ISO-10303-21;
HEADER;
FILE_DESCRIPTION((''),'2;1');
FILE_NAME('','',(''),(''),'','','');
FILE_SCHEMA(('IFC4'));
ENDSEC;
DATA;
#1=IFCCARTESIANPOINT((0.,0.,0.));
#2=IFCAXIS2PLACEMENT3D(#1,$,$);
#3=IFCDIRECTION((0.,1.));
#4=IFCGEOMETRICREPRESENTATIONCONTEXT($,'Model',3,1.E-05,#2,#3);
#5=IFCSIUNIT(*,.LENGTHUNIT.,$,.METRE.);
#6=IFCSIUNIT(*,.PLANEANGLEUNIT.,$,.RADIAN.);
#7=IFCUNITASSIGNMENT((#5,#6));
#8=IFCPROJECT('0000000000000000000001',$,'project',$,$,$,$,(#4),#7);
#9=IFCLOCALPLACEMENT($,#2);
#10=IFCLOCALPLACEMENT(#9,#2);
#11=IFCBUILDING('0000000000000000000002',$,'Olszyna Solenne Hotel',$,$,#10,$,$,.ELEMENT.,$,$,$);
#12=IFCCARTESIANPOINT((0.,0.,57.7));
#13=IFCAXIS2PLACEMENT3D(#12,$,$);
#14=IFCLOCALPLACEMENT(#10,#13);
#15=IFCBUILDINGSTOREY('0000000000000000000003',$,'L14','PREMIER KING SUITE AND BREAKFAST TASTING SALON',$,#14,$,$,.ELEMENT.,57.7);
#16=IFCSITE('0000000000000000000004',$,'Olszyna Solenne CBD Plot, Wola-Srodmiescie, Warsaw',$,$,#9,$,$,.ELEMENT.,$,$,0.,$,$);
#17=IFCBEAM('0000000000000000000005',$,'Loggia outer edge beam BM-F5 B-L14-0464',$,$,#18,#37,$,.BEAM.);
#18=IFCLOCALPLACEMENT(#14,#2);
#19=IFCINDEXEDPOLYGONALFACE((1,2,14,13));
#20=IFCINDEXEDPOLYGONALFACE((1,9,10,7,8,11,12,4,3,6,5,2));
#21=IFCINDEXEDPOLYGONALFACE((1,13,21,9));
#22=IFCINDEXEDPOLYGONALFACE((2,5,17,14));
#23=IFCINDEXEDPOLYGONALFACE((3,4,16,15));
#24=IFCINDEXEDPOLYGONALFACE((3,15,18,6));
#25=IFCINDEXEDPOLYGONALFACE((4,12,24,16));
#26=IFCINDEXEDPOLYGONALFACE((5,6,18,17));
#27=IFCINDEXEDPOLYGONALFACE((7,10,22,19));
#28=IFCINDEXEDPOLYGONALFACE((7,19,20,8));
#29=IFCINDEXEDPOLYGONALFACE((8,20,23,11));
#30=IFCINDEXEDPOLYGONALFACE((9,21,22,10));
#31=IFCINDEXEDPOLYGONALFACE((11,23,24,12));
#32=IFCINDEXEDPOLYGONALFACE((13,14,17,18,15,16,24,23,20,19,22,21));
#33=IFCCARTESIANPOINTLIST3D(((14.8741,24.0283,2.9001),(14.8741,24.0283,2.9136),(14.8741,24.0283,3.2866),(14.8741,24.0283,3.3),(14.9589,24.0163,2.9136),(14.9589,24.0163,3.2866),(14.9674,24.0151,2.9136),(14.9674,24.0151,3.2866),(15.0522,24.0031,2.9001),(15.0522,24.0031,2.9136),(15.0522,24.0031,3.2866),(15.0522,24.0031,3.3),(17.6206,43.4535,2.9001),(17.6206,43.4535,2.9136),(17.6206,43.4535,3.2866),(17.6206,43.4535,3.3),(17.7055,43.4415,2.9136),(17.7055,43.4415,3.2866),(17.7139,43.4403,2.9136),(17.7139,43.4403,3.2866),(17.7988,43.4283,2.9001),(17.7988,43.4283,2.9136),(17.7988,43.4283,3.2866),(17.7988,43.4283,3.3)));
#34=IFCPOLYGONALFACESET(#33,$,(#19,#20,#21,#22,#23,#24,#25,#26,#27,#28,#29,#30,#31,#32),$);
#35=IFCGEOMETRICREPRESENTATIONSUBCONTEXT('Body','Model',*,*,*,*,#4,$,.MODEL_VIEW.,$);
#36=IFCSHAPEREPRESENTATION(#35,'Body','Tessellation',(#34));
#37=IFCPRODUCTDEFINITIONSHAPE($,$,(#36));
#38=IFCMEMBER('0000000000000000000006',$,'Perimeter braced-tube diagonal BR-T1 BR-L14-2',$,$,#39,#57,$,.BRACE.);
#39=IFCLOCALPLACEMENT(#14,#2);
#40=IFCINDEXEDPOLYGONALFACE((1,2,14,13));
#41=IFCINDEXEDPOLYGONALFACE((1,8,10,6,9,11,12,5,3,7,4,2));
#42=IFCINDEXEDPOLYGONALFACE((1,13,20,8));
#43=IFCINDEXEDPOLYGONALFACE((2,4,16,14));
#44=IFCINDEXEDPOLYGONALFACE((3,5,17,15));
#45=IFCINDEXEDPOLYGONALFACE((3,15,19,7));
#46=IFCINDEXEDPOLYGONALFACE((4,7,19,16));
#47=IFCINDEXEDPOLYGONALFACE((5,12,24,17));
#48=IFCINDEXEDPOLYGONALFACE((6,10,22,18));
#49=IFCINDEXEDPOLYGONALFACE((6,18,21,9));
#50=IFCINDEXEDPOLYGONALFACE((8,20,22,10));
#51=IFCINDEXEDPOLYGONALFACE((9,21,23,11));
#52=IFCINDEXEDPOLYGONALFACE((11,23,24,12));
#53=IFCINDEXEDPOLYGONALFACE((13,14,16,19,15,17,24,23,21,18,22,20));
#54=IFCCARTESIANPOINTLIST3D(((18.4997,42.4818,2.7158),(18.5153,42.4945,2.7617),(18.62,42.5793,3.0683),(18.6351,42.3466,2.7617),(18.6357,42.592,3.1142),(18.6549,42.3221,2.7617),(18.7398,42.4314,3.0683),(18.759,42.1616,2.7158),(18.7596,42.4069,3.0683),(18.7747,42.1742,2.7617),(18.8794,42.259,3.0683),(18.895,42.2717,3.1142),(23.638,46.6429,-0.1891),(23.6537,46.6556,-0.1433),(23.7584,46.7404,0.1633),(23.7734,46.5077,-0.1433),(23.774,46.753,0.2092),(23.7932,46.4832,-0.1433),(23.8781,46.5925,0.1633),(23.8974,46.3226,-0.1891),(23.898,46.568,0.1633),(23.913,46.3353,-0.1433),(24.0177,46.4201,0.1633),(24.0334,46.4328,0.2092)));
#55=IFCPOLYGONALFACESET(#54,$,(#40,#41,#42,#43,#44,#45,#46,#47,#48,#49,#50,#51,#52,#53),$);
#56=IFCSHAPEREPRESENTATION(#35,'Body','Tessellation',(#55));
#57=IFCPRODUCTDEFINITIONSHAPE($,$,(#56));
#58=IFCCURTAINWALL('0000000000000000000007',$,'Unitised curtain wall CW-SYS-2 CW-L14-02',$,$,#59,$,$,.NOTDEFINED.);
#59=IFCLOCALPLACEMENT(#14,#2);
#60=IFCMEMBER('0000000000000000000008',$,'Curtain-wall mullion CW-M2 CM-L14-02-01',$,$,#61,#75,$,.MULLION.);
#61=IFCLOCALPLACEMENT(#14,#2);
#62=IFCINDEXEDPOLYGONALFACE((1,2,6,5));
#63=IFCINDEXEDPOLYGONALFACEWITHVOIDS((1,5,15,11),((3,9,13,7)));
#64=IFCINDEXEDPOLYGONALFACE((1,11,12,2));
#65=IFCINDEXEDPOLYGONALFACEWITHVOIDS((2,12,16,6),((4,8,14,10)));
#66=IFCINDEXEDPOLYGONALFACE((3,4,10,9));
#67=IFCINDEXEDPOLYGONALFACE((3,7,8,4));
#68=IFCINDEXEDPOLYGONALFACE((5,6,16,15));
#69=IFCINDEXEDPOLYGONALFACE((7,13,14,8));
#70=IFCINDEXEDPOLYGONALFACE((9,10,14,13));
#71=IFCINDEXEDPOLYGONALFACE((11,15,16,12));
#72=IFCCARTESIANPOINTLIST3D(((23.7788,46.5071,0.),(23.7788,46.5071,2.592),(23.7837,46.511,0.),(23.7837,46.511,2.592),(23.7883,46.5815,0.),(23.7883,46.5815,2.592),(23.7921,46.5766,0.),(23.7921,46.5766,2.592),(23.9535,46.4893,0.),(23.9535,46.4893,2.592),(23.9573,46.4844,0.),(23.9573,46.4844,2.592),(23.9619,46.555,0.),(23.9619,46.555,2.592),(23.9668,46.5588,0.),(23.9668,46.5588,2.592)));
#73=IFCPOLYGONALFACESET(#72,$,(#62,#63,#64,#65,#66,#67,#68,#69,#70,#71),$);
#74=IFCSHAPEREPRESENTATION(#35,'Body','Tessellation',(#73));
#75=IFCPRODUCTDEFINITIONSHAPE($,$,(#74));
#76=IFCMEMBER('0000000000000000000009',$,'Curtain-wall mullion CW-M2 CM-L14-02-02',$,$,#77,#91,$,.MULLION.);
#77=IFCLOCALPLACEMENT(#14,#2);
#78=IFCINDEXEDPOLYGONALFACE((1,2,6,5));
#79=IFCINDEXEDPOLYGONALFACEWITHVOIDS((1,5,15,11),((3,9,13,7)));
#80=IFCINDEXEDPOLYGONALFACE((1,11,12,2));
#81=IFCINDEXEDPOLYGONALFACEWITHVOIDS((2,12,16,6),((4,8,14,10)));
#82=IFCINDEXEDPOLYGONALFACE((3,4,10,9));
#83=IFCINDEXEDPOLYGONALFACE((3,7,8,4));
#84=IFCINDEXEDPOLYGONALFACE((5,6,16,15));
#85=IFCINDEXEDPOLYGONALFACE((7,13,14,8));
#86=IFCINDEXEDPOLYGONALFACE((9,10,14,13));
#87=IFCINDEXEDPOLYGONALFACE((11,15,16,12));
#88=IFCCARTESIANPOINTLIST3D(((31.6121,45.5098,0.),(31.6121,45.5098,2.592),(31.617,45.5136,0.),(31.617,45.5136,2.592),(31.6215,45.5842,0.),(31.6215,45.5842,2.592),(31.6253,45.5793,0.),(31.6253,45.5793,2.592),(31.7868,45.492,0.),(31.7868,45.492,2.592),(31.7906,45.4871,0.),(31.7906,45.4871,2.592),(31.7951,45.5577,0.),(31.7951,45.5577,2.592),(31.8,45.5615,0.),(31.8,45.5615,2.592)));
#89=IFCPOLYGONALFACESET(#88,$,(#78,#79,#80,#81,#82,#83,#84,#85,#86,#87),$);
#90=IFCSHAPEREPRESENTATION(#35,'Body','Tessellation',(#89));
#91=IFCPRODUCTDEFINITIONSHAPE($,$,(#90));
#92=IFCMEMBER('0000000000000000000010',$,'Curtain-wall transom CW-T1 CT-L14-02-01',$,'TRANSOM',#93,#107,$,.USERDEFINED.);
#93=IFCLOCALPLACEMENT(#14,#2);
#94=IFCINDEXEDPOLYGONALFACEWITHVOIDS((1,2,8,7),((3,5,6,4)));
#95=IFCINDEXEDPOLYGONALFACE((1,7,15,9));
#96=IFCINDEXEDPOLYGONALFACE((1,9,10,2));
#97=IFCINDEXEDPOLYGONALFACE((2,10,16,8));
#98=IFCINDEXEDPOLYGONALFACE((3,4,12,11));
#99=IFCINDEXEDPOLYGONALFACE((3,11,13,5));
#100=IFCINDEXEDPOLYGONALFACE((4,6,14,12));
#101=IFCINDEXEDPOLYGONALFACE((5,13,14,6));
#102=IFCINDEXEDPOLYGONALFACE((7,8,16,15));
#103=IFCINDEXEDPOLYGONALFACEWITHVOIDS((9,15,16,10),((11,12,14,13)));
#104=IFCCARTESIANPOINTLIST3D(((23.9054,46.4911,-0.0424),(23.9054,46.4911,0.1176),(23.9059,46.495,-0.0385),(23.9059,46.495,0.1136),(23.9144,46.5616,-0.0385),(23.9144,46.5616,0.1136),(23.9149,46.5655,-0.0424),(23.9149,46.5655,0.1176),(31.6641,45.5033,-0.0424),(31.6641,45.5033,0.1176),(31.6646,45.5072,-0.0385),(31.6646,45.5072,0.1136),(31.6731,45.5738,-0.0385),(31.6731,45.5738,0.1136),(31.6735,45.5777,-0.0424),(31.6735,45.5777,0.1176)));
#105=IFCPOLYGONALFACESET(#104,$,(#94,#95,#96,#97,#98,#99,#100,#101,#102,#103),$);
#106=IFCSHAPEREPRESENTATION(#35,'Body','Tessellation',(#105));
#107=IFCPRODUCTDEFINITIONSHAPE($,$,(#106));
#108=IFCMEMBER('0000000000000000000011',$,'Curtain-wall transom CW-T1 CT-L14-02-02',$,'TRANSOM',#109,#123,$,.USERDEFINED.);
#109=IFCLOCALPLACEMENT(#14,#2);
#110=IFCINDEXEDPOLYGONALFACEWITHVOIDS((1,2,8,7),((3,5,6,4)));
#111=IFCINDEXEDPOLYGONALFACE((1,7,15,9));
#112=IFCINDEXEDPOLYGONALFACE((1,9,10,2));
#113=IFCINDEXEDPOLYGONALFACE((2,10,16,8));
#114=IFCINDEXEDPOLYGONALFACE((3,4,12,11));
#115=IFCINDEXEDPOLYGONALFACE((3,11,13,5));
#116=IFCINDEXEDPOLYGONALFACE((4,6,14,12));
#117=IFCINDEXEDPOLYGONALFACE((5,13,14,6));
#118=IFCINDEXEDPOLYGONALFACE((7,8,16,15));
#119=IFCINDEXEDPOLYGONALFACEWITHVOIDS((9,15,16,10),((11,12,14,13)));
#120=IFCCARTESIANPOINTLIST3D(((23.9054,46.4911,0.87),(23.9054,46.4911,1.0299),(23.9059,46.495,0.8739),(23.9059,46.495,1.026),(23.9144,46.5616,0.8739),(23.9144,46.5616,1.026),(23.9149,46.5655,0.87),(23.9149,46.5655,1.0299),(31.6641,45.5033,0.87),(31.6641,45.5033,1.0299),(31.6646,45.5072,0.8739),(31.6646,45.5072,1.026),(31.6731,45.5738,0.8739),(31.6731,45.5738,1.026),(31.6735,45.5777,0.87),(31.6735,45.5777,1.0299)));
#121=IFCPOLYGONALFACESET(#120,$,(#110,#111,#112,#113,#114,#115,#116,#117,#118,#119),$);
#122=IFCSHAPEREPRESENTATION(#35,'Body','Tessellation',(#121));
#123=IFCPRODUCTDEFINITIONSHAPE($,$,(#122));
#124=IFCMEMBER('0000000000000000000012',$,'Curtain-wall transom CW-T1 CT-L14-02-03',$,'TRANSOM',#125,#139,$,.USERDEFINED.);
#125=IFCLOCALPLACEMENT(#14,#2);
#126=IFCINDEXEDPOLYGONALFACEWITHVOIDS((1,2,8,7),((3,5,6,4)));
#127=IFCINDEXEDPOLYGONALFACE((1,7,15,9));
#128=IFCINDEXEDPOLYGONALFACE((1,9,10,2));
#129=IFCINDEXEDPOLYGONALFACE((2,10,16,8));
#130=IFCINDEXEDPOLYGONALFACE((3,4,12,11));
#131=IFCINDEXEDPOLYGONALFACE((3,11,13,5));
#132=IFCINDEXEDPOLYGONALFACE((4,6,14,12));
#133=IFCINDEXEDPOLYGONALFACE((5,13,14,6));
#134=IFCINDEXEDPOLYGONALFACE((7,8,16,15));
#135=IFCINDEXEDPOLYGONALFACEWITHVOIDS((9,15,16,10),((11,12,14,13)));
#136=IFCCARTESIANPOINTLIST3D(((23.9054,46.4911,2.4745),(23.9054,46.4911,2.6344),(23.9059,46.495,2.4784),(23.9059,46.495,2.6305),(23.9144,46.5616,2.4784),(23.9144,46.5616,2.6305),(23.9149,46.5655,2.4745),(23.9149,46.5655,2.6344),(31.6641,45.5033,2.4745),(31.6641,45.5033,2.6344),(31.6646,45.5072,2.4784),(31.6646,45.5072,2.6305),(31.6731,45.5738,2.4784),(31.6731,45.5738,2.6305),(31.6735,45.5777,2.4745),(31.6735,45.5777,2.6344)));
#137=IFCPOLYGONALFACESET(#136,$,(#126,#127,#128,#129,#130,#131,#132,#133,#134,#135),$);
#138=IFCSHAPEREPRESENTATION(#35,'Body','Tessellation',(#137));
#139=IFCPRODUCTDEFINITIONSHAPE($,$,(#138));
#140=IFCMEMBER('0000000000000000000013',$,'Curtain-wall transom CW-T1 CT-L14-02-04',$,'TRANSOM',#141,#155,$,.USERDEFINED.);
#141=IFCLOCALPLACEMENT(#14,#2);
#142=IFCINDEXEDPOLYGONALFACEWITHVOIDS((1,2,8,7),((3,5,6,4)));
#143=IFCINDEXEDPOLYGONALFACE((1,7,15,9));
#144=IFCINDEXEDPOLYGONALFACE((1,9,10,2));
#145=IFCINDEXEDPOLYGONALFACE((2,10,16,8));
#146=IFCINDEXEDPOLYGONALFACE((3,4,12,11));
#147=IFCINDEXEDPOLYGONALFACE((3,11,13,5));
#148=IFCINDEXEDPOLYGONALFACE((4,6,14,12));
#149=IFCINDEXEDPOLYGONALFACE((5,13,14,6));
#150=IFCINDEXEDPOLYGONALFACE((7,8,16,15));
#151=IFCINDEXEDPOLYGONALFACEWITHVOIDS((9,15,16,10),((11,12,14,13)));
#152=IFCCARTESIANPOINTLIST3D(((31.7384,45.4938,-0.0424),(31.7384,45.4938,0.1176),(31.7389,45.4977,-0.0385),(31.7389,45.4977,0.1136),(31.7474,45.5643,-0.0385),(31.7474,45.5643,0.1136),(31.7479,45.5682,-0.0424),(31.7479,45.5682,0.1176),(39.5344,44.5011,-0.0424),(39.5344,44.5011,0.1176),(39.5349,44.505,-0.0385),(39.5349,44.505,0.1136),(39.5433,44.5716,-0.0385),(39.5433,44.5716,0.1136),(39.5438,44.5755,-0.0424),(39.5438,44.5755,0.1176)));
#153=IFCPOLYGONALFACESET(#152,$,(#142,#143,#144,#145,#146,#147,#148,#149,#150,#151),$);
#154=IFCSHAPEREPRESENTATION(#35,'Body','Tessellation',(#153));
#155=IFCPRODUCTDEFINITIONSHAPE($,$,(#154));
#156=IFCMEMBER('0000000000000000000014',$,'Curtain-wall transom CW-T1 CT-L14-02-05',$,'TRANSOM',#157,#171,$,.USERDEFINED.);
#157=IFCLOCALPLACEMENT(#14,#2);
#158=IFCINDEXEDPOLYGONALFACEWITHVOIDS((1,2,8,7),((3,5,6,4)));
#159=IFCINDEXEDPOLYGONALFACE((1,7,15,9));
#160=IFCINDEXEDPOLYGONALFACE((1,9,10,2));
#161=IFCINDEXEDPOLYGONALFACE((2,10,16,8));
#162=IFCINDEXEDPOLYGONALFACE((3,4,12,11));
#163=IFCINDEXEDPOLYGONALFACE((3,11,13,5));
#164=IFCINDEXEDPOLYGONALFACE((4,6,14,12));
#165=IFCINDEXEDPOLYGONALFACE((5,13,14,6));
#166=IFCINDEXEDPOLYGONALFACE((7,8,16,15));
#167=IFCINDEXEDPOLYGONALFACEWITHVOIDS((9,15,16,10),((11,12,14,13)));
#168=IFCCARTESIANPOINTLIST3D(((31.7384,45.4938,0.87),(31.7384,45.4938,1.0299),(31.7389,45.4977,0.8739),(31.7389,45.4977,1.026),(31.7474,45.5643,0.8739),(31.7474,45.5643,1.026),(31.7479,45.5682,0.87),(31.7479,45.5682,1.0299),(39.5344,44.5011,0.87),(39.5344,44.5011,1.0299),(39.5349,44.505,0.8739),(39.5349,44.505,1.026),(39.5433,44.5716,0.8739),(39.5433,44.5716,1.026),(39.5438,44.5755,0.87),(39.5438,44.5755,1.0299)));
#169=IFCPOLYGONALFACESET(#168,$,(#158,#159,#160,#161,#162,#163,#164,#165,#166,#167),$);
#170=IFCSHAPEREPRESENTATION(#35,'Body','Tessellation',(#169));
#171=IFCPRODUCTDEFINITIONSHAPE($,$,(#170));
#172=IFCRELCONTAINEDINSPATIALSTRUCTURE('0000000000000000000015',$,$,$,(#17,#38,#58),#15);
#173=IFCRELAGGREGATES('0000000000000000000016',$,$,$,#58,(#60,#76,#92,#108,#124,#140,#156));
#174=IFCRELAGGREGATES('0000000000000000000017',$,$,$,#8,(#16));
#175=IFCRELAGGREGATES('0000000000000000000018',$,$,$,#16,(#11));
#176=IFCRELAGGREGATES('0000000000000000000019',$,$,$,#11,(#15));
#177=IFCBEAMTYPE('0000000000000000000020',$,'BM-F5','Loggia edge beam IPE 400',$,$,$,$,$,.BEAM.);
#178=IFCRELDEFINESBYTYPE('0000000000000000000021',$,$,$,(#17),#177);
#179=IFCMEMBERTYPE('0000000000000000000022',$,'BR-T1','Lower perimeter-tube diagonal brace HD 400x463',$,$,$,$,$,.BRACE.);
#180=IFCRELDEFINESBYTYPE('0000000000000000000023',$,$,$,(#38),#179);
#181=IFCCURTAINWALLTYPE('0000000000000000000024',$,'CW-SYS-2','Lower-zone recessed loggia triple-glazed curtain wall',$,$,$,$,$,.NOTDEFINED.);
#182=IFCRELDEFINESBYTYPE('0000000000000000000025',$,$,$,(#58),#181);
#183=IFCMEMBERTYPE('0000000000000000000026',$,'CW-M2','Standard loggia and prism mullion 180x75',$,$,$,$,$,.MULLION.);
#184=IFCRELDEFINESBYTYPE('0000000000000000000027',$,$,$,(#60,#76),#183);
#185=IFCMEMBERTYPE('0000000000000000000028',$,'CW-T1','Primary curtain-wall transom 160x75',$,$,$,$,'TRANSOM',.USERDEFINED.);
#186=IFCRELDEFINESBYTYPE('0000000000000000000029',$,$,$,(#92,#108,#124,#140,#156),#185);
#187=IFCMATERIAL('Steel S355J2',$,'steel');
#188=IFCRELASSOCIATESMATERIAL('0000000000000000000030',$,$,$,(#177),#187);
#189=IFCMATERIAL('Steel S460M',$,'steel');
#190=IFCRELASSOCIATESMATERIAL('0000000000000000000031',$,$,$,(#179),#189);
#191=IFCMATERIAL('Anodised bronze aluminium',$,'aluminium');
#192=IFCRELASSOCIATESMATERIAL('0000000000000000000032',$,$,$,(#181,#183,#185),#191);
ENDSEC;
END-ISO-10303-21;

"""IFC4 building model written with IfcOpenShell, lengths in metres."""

from ifc_helpers import new_model, si_unit, direction, frame, origin, origin_2d, place, context, subcontext, project, spatial, hollow_rectangle, i_section, extrude, source, transform, mapped, material, material_profile, profile_set, type_object, element, aggregate, save


model = new_model("IFC4")

# Units and contexts
model_context = context("Model", 3, precision=1e-05, world=origin(), true_north=direction((0.0, 1.0)))
body_context = subcontext(model_context, "Body", "Model", "MODEL_VIEW")
ifc_project = project(units=[si_unit("LENGTHUNIT", "METRE"), si_unit("PLANEANGLEUNIT", "RADIAN")], contexts=[model_context])

# Site, building, storey
site_placement = place(None, origin())
site = spatial("IfcSite", under=ifc_project, at=site_placement, Name="Olszyna Solenne CBD Plot, Wola-Srodmiescie, Warsaw", CompositionType="ELEMENT", RefElevation=0.0)
building_placement = place(site_placement, origin())
building = spatial("IfcBuilding", under=site, at=building_placement, Name="Olszyna Solenne Hotel", CompositionType="ELEMENT")
storey_placement = place(building_placement, frame((0.0, 0.0, 57.7)))
storey = spatial("IfcBuildingStorey", under=building, at=storey_placement, Name="L14", Description="PREMIER KING SUITE AND BREAKFAST TASTING SALON", CompositionType="ELEMENT", Elevation=57.7)

# Shared definitions
ifc_material_1 = material(Name="Steel S460M", Category="steel")

# Beam
ifc_material_2 = material(Name="Steel S355J2", Category="steel")
ifc_material_profile_1 = material_profile(ifc_material_2, i_section(OverallWidth=0.1799, OverallDepth=0.3999, WebThickness=0.0085, FlangeThickness=0.0134, at=origin_2d()), Name="IPE 400", Category="load-bearing")
ifc_profile_set_1 = profile_set([ifc_material_profile_1], Name="Steel S355J2")
beam_type_1 = type_object("IfcBeamType", Name="BM-F5", Description="Loggia edge beam IPE 400", PredefinedType="BEAM", material=ifc_profile_set_1)
shared_shape_1 = source(origin(), body_context, "Body", "SweptSolid", [
    extrude(i_section(OverallWidth=0.1799, OverallDepth=0.3999, WebThickness=0.0085, FlangeThickness=0.0134, at=origin_2d()), origin(), (0.0, 0.0, 1.0), 19.6184),
])
beam_1_placement = place(storey_placement, frame((17.7097, 43.4409, 3.1001), z_axis=(-0.14, -0.990152, 0.0), x_axis=(0.990152, -0.14, 0.0)))
element("IfcBeam", 1, at=beam_1_placement, inside=storey, type_object=beam_type_1, Name="Loggia outer edge beam BM-F5 B-L14-0464", PredefinedType="BEAM", context=body_context, shape_type="MappedRepresentation", body=[
    mapped(shared_shape_1, transform((0.0, 0.0, 0.0), x_axis=(1.0, 0.0, 0.0), y_axis=(0.0, 1.0, 0.0), z_axis=(0.0, 0.0, 1.0), scale=1.0)),
])

# Member
ifc_material_profile_2 = material_profile(ifc_material_1, i_section(OverallWidth=0.4121, OverallDepth=0.4351, WebThickness=0.0315, FlangeThickness=0.05, at=origin_2d()), Name="HD 400x463", Category="load-bearing")
ifc_profile_set_2 = profile_set([ifc_material_profile_2], Name="Steel S460M")
member_type_1 = type_object("IfcMemberType", Name="BR-T1", Description="Lower perimeter-tube diagonal brace HD 400x463", PredefinedType="BRACE", material=ifc_profile_set_2)
shared_shape_2 = source(origin(), body_context, "Body", "SweptSolid", [
    extrude(i_section(OverallWidth=0.4121, OverallDepth=0.4351, WebThickness=0.0315, FlangeThickness=0.05, at=origin_2d()), origin(), (0.0, 0.0, 1.0), 7.2219),
])
member_1_placement = place(storey_placement, frame((23.8357, 46.5378, 0.01), z_axis=(-0.711494, -0.576172, 0.402246), x_axis=(0.629331, -0.777137, 0.0)))
element("IfcMember", 2, at=member_1_placement, inside=storey, type_object=member_type_1, Name="Perimeter braced-tube diagonal BR-T1 BR-L14-2", PredefinedType="BRACE", context=body_context, shape_type="MappedRepresentation", body=[
    mapped(shared_shape_2, transform((0.0, 0.0, 0.0), x_axis=(1.0, 0.0, 0.0), y_axis=(0.0, 1.0, 0.0), z_axis=(0.0, 0.0, 1.0), scale=1.0)),
])

# Curtain wall, members
ifc_material_3 = material(Name="Anodised bronze aluminium", Category="aluminium")
curtain_wall_type = type_object("IfcCurtainWallType", Name="CW-SYS-2", Description="Lower-zone recessed loggia triple-glazed curtain wall", PredefinedType="NOTDEFINED", material=ifc_material_3)
curtain_wall_placement = place(storey_placement, origin())
curtain_wall = element("IfcCurtainWall", 3, at=curtain_wall_placement, inside=storey, type_object=curtain_wall_type, Name="Unitised curtain wall CW-SYS-2 CW-L14-02", PredefinedType="NOTDEFINED")
ifc_material_profile_3 = material_profile(ifc_material_3, hollow_rectangle(XDim=0.075, YDim=0.1799, WallThickness=0.0044, at=origin_2d()), Name="MULL 180x75x4.5", Category="load-bearing")
ifc_profile_set_3 = profile_set([ifc_material_profile_3], Name="Anodised bronze aluminium")
member_type_2 = type_object("IfcMemberType", Name="CW-M2", Description="Standard loggia and prism mullion 180x75", PredefinedType="MULLION", material=ifc_profile_set_3)
shared_shape_3 = source(origin(), body_context, "Body", "SweptSolid", [
    extrude(hollow_rectangle(XDim=0.075, YDim=0.1799, WallThickness=0.0044, at=origin_2d()), origin(), (0.0, 0.0, 1.0), 2.592),
])
member_2_placement = place(storey_placement, frame((23.8728, 46.533, 0.0), z_axis=(0.0, 0.0, 1.0), x_axis=(0.126308, 0.991991, 0.0)))
member_2 = element("IfcMember", 4, at=member_2_placement, type_object=member_type_2, Name="Curtain-wall mullion CW-M2 CM-L14-02-01", PredefinedType="MULLION", context=body_context, shape_type="MappedRepresentation", body=[
    mapped(shared_shape_3, transform((0.0, 0.0, 0.0), x_axis=(1.0, 0.0, 0.0), y_axis=(0.0, 1.0, 0.0), z_axis=(0.0, 0.0, 1.0), scale=1.0)),
])
member_3_placement = place(storey_placement, frame((31.7061, 45.5356, 0.0), z_axis=(0.0, 0.0, 1.0), x_axis=(0.126308, 0.991991, 0.0)))
member_3 = element("IfcMember", 5, at=member_3_placement, type_object=member_type_2, Name="Curtain-wall mullion CW-M2 CM-L14-02-02", PredefinedType="MULLION", context=body_context, shape_type="MappedRepresentation", body=[
    mapped(shared_shape_3, transform((0.0, 0.0, 0.0), x_axis=(1.0, 0.0, 0.0), y_axis=(0.0, 1.0, 0.0), z_axis=(0.0, 0.0, 1.0), scale=1.0)),
])
ifc_material_profile_4 = material_profile(ifc_material_3, hollow_rectangle(XDim=0.075, YDim=0.1599, WallThickness=0.0039, at=origin_2d()), Name="TRAN 160x75x4", Category="load-bearing")
ifc_profile_set_4 = profile_set([ifc_material_profile_4], Name="Anodised bronze aluminium")
member_type_3 = type_object("IfcMemberType", Name="CW-T1", Description="Primary curtain-wall transom 160x75", ElementType="TRANSOM", PredefinedType="USERDEFINED", material=ifc_profile_set_4)
shared_shape_4 = source(origin(), body_context, "Body", "SweptSolid", [
    extrude(hollow_rectangle(XDim=0.075, YDim=0.1599, WallThickness=0.0039, at=origin_2d()), origin(), (0.0, 0.0, 1.0), 7.8213),
])
member_4_placement = place(storey_placement, frame((23.9102, 46.5283, 0.0376), z_axis=(0.991992, -0.126297, 0.0), x_axis=(0.126297, 0.991992, 0.0)))
member_4 = element("IfcMember", 6, at=member_4_placement, type_object=member_type_3, Name="Curtain-wall transom CW-T1 CT-L14-02-01", ObjectType="TRANSOM", PredefinedType="USERDEFINED", context=body_context, shape_type="MappedRepresentation", body=[
    mapped(shared_shape_4, transform((0.0, 0.0, 0.0), x_axis=(1.0, 0.0, 0.0), y_axis=(0.0, 1.0, 0.0), z_axis=(0.0, 0.0, 1.0), scale=1.0)),
])
member_5_placement = place(storey_placement, frame((23.9102, 46.5283, 0.95), z_axis=(0.991992, -0.126297, 0.0), x_axis=(0.126297, 0.991992, 0.0)))
member_5 = element("IfcMember", 7, at=member_5_placement, type_object=member_type_3, Name="Curtain-wall transom CW-T1 CT-L14-02-02", ObjectType="TRANSOM", PredefinedType="USERDEFINED", context=body_context, shape_type="MappedRepresentation", body=[
    mapped(shared_shape_4, transform((0.0, 0.0, 0.0), x_axis=(1.0, 0.0, 0.0), y_axis=(0.0, 1.0, 0.0), z_axis=(0.0, 0.0, 1.0), scale=1.0)),
])
member_6_placement = place(storey_placement, frame((23.9102, 46.5283, 2.5544), z_axis=(0.991992, -0.126297, 0.0), x_axis=(0.126297, 0.991992, 0.0)))
member_6 = element("IfcMember", 8, at=member_6_placement, type_object=member_type_3, Name="Curtain-wall transom CW-T1 CT-L14-02-03", ObjectType="TRANSOM", PredefinedType="USERDEFINED", context=body_context, shape_type="MappedRepresentation", body=[
    mapped(shared_shape_4, transform((0.0, 0.0, 0.0), x_axis=(1.0, 0.0, 0.0), y_axis=(0.0, 1.0, 0.0), z_axis=(0.0, 0.0, 1.0), scale=1.0)),
])
shared_shape_5 = source(origin(), body_context, "Body", "SweptSolid", [
    extrude(hollow_rectangle(XDim=0.075, YDim=0.1599, WallThickness=0.0039, at=origin_2d()), origin(), (0.0, 0.0, 1.0), 7.8589),
])
member_7_placement = place(storey_placement, frame((31.7432, 45.531, 0.0376), z_axis=(0.99199, -0.126313, 0.0), x_axis=(0.126313, 0.99199, 0.0)))
member_7 = element("IfcMember", 9, at=member_7_placement, type_object=member_type_3, Name="Curtain-wall transom CW-T1 CT-L14-02-04", ObjectType="TRANSOM", PredefinedType="USERDEFINED", context=body_context, shape_type="MappedRepresentation", body=[
    mapped(shared_shape_5, transform((0.0, 0.0, 0.0), x_axis=(1.0, 0.0, 0.0), y_axis=(0.0, 1.0, 0.0), z_axis=(0.0, 0.0, 1.0), scale=1.0)),
])
member_8_placement = place(storey_placement, frame((31.7432, 45.531, 0.95), z_axis=(0.99199, -0.126313, 0.0), x_axis=(0.126313, 0.99199, 0.0)))
member_8 = element("IfcMember", 10, at=member_8_placement, type_object=member_type_3, Name="Curtain-wall transom CW-T1 CT-L14-02-05", ObjectType="TRANSOM", PredefinedType="USERDEFINED", context=body_context, shape_type="MappedRepresentation", body=[
    mapped(shared_shape_5, transform((0.0, 0.0, 0.0), x_axis=(1.0, 0.0, 0.0), y_axis=(0.0, 1.0, 0.0), z_axis=(0.0, 0.0, 1.0), scale=1.0)),
])

aggregate(curtain_wall, [member_2, member_3, member_4, member_5, member_6, member_7, member_8])

save(model, "model.ifc")
